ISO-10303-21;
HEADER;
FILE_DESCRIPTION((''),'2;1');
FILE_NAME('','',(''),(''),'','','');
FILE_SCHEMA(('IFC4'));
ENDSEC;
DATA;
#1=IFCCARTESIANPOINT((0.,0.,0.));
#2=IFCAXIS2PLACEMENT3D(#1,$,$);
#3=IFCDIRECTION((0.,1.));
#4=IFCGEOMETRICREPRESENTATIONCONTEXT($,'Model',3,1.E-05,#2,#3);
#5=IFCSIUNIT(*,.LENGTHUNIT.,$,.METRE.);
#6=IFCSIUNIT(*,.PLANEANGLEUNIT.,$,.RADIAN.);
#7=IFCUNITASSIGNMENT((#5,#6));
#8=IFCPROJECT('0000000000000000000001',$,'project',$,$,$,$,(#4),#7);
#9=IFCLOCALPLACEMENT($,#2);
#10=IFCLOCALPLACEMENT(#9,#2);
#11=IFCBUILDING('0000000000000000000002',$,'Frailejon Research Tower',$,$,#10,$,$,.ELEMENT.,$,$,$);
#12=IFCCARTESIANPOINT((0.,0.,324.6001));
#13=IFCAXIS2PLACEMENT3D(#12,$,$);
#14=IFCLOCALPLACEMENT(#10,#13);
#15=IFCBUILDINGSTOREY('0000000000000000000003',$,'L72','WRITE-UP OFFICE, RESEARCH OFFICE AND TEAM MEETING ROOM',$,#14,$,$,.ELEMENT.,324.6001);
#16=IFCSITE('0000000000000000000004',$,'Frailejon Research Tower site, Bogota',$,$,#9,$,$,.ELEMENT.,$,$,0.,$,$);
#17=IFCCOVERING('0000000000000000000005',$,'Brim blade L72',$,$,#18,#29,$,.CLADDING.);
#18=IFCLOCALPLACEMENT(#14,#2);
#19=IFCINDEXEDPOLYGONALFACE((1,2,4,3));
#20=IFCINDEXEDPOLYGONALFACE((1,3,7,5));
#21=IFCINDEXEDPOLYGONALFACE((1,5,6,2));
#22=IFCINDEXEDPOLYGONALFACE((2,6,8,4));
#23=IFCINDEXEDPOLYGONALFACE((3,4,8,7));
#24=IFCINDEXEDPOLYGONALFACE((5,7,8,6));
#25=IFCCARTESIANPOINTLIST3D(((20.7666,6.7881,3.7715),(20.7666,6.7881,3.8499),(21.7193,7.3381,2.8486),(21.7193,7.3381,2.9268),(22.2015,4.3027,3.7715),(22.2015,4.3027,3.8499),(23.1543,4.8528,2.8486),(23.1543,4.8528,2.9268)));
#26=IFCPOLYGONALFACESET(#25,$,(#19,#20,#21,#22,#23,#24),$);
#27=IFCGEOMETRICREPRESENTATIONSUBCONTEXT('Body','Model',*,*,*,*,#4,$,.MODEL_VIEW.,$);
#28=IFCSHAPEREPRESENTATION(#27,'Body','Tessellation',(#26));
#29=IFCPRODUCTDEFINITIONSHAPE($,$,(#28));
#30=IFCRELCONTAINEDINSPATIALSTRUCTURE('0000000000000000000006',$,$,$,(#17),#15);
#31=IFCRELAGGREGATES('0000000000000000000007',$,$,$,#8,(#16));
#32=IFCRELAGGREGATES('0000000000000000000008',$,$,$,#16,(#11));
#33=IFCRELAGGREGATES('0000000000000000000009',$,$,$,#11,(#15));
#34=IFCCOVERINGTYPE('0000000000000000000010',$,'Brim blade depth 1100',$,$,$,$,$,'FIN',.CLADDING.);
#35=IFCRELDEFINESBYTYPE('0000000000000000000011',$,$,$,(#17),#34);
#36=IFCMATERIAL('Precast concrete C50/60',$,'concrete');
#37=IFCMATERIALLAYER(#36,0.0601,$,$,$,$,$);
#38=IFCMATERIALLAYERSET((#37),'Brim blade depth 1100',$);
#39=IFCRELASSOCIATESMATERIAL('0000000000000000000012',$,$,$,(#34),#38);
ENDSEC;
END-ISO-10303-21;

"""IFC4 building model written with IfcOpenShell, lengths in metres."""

from ifc_helpers import new_model, si_unit, direction, frame, origin, place, context, subcontext, project, spatial, polyline, outline, extrude, material, layer, layer_set, type_object, element, save


model = new_model("IFC4")

# Units and contexts
model_context = context("Model", 3, precision=1e-05, world=origin(), true_north=direction((0.0, 1.0)))
body_context = subcontext(model_context, "Body", "Model", "MODEL_VIEW")
ifc_project = project(units=[si_unit("LENGTHUNIT", "METRE"), si_unit("PLANEANGLEUNIT", "RADIAN")], contexts=[model_context])

# Site, building, storey
site_placement = place(None, origin())
site = spatial("IfcSite", under=ifc_project, at=site_placement, Name="Frailejon Research Tower site, Bogota", CompositionType="ELEMENT", RefElevation=0.0)
building_placement = place(site_placement, origin())
building = spatial("IfcBuilding", under=site, at=building_placement, Name="Frailejon Research Tower", CompositionType="ELEMENT")
storey_placement = place(building_placement, frame((0.0, 0.0, 324.6001)))
storey = spatial("IfcBuildingStorey", under=building, at=storey_placement, Name="L72", Description="WRITE-UP OFFICE, RESEARCH OFFICE AND TEAM MEETING ROOM", CompositionType="ELEMENT", Elevation=324.6001)

# Covering
ifc_material_1 = material(Name="Precast concrete C50/60", Category="concrete")
ifc_layer_1 = layer(ifc_material_1, 0.0601)
ifc_layer_set_1 = layer_set([ifc_layer_1], Name="Brim blade depth 1100")
covering_type = type_object("IfcCoveringType", Name="Brim blade depth 1100", ElementType="FIN", PredefinedType="CLADDING", material=ifc_layer_set_1)
covering_1_placement = place(storey_placement, frame((20.7666, 6.7881, 3.8499), z_axis=(0.500003, -0.866024, 0.0), x_axis=(0.866024, 0.500003, 0.0)))
element("IfcCovering", 1, at=covering_1_placement, inside=storey, type_object=covering_type, Name="Brim blade L72", PredefinedType="CLADDING", context=body_context, shape_type="SweptSolid", body=[
    extrude(outline(polyline([(0.0, -0.0784), (1.1001, -1.0012), (1.1001, -0.9231), (0.0, 0.0), (0.0, -0.0784)])), origin(), (0.0, 0.0, 1.0), 2.8699),
])

save(model, "model.ifc")
